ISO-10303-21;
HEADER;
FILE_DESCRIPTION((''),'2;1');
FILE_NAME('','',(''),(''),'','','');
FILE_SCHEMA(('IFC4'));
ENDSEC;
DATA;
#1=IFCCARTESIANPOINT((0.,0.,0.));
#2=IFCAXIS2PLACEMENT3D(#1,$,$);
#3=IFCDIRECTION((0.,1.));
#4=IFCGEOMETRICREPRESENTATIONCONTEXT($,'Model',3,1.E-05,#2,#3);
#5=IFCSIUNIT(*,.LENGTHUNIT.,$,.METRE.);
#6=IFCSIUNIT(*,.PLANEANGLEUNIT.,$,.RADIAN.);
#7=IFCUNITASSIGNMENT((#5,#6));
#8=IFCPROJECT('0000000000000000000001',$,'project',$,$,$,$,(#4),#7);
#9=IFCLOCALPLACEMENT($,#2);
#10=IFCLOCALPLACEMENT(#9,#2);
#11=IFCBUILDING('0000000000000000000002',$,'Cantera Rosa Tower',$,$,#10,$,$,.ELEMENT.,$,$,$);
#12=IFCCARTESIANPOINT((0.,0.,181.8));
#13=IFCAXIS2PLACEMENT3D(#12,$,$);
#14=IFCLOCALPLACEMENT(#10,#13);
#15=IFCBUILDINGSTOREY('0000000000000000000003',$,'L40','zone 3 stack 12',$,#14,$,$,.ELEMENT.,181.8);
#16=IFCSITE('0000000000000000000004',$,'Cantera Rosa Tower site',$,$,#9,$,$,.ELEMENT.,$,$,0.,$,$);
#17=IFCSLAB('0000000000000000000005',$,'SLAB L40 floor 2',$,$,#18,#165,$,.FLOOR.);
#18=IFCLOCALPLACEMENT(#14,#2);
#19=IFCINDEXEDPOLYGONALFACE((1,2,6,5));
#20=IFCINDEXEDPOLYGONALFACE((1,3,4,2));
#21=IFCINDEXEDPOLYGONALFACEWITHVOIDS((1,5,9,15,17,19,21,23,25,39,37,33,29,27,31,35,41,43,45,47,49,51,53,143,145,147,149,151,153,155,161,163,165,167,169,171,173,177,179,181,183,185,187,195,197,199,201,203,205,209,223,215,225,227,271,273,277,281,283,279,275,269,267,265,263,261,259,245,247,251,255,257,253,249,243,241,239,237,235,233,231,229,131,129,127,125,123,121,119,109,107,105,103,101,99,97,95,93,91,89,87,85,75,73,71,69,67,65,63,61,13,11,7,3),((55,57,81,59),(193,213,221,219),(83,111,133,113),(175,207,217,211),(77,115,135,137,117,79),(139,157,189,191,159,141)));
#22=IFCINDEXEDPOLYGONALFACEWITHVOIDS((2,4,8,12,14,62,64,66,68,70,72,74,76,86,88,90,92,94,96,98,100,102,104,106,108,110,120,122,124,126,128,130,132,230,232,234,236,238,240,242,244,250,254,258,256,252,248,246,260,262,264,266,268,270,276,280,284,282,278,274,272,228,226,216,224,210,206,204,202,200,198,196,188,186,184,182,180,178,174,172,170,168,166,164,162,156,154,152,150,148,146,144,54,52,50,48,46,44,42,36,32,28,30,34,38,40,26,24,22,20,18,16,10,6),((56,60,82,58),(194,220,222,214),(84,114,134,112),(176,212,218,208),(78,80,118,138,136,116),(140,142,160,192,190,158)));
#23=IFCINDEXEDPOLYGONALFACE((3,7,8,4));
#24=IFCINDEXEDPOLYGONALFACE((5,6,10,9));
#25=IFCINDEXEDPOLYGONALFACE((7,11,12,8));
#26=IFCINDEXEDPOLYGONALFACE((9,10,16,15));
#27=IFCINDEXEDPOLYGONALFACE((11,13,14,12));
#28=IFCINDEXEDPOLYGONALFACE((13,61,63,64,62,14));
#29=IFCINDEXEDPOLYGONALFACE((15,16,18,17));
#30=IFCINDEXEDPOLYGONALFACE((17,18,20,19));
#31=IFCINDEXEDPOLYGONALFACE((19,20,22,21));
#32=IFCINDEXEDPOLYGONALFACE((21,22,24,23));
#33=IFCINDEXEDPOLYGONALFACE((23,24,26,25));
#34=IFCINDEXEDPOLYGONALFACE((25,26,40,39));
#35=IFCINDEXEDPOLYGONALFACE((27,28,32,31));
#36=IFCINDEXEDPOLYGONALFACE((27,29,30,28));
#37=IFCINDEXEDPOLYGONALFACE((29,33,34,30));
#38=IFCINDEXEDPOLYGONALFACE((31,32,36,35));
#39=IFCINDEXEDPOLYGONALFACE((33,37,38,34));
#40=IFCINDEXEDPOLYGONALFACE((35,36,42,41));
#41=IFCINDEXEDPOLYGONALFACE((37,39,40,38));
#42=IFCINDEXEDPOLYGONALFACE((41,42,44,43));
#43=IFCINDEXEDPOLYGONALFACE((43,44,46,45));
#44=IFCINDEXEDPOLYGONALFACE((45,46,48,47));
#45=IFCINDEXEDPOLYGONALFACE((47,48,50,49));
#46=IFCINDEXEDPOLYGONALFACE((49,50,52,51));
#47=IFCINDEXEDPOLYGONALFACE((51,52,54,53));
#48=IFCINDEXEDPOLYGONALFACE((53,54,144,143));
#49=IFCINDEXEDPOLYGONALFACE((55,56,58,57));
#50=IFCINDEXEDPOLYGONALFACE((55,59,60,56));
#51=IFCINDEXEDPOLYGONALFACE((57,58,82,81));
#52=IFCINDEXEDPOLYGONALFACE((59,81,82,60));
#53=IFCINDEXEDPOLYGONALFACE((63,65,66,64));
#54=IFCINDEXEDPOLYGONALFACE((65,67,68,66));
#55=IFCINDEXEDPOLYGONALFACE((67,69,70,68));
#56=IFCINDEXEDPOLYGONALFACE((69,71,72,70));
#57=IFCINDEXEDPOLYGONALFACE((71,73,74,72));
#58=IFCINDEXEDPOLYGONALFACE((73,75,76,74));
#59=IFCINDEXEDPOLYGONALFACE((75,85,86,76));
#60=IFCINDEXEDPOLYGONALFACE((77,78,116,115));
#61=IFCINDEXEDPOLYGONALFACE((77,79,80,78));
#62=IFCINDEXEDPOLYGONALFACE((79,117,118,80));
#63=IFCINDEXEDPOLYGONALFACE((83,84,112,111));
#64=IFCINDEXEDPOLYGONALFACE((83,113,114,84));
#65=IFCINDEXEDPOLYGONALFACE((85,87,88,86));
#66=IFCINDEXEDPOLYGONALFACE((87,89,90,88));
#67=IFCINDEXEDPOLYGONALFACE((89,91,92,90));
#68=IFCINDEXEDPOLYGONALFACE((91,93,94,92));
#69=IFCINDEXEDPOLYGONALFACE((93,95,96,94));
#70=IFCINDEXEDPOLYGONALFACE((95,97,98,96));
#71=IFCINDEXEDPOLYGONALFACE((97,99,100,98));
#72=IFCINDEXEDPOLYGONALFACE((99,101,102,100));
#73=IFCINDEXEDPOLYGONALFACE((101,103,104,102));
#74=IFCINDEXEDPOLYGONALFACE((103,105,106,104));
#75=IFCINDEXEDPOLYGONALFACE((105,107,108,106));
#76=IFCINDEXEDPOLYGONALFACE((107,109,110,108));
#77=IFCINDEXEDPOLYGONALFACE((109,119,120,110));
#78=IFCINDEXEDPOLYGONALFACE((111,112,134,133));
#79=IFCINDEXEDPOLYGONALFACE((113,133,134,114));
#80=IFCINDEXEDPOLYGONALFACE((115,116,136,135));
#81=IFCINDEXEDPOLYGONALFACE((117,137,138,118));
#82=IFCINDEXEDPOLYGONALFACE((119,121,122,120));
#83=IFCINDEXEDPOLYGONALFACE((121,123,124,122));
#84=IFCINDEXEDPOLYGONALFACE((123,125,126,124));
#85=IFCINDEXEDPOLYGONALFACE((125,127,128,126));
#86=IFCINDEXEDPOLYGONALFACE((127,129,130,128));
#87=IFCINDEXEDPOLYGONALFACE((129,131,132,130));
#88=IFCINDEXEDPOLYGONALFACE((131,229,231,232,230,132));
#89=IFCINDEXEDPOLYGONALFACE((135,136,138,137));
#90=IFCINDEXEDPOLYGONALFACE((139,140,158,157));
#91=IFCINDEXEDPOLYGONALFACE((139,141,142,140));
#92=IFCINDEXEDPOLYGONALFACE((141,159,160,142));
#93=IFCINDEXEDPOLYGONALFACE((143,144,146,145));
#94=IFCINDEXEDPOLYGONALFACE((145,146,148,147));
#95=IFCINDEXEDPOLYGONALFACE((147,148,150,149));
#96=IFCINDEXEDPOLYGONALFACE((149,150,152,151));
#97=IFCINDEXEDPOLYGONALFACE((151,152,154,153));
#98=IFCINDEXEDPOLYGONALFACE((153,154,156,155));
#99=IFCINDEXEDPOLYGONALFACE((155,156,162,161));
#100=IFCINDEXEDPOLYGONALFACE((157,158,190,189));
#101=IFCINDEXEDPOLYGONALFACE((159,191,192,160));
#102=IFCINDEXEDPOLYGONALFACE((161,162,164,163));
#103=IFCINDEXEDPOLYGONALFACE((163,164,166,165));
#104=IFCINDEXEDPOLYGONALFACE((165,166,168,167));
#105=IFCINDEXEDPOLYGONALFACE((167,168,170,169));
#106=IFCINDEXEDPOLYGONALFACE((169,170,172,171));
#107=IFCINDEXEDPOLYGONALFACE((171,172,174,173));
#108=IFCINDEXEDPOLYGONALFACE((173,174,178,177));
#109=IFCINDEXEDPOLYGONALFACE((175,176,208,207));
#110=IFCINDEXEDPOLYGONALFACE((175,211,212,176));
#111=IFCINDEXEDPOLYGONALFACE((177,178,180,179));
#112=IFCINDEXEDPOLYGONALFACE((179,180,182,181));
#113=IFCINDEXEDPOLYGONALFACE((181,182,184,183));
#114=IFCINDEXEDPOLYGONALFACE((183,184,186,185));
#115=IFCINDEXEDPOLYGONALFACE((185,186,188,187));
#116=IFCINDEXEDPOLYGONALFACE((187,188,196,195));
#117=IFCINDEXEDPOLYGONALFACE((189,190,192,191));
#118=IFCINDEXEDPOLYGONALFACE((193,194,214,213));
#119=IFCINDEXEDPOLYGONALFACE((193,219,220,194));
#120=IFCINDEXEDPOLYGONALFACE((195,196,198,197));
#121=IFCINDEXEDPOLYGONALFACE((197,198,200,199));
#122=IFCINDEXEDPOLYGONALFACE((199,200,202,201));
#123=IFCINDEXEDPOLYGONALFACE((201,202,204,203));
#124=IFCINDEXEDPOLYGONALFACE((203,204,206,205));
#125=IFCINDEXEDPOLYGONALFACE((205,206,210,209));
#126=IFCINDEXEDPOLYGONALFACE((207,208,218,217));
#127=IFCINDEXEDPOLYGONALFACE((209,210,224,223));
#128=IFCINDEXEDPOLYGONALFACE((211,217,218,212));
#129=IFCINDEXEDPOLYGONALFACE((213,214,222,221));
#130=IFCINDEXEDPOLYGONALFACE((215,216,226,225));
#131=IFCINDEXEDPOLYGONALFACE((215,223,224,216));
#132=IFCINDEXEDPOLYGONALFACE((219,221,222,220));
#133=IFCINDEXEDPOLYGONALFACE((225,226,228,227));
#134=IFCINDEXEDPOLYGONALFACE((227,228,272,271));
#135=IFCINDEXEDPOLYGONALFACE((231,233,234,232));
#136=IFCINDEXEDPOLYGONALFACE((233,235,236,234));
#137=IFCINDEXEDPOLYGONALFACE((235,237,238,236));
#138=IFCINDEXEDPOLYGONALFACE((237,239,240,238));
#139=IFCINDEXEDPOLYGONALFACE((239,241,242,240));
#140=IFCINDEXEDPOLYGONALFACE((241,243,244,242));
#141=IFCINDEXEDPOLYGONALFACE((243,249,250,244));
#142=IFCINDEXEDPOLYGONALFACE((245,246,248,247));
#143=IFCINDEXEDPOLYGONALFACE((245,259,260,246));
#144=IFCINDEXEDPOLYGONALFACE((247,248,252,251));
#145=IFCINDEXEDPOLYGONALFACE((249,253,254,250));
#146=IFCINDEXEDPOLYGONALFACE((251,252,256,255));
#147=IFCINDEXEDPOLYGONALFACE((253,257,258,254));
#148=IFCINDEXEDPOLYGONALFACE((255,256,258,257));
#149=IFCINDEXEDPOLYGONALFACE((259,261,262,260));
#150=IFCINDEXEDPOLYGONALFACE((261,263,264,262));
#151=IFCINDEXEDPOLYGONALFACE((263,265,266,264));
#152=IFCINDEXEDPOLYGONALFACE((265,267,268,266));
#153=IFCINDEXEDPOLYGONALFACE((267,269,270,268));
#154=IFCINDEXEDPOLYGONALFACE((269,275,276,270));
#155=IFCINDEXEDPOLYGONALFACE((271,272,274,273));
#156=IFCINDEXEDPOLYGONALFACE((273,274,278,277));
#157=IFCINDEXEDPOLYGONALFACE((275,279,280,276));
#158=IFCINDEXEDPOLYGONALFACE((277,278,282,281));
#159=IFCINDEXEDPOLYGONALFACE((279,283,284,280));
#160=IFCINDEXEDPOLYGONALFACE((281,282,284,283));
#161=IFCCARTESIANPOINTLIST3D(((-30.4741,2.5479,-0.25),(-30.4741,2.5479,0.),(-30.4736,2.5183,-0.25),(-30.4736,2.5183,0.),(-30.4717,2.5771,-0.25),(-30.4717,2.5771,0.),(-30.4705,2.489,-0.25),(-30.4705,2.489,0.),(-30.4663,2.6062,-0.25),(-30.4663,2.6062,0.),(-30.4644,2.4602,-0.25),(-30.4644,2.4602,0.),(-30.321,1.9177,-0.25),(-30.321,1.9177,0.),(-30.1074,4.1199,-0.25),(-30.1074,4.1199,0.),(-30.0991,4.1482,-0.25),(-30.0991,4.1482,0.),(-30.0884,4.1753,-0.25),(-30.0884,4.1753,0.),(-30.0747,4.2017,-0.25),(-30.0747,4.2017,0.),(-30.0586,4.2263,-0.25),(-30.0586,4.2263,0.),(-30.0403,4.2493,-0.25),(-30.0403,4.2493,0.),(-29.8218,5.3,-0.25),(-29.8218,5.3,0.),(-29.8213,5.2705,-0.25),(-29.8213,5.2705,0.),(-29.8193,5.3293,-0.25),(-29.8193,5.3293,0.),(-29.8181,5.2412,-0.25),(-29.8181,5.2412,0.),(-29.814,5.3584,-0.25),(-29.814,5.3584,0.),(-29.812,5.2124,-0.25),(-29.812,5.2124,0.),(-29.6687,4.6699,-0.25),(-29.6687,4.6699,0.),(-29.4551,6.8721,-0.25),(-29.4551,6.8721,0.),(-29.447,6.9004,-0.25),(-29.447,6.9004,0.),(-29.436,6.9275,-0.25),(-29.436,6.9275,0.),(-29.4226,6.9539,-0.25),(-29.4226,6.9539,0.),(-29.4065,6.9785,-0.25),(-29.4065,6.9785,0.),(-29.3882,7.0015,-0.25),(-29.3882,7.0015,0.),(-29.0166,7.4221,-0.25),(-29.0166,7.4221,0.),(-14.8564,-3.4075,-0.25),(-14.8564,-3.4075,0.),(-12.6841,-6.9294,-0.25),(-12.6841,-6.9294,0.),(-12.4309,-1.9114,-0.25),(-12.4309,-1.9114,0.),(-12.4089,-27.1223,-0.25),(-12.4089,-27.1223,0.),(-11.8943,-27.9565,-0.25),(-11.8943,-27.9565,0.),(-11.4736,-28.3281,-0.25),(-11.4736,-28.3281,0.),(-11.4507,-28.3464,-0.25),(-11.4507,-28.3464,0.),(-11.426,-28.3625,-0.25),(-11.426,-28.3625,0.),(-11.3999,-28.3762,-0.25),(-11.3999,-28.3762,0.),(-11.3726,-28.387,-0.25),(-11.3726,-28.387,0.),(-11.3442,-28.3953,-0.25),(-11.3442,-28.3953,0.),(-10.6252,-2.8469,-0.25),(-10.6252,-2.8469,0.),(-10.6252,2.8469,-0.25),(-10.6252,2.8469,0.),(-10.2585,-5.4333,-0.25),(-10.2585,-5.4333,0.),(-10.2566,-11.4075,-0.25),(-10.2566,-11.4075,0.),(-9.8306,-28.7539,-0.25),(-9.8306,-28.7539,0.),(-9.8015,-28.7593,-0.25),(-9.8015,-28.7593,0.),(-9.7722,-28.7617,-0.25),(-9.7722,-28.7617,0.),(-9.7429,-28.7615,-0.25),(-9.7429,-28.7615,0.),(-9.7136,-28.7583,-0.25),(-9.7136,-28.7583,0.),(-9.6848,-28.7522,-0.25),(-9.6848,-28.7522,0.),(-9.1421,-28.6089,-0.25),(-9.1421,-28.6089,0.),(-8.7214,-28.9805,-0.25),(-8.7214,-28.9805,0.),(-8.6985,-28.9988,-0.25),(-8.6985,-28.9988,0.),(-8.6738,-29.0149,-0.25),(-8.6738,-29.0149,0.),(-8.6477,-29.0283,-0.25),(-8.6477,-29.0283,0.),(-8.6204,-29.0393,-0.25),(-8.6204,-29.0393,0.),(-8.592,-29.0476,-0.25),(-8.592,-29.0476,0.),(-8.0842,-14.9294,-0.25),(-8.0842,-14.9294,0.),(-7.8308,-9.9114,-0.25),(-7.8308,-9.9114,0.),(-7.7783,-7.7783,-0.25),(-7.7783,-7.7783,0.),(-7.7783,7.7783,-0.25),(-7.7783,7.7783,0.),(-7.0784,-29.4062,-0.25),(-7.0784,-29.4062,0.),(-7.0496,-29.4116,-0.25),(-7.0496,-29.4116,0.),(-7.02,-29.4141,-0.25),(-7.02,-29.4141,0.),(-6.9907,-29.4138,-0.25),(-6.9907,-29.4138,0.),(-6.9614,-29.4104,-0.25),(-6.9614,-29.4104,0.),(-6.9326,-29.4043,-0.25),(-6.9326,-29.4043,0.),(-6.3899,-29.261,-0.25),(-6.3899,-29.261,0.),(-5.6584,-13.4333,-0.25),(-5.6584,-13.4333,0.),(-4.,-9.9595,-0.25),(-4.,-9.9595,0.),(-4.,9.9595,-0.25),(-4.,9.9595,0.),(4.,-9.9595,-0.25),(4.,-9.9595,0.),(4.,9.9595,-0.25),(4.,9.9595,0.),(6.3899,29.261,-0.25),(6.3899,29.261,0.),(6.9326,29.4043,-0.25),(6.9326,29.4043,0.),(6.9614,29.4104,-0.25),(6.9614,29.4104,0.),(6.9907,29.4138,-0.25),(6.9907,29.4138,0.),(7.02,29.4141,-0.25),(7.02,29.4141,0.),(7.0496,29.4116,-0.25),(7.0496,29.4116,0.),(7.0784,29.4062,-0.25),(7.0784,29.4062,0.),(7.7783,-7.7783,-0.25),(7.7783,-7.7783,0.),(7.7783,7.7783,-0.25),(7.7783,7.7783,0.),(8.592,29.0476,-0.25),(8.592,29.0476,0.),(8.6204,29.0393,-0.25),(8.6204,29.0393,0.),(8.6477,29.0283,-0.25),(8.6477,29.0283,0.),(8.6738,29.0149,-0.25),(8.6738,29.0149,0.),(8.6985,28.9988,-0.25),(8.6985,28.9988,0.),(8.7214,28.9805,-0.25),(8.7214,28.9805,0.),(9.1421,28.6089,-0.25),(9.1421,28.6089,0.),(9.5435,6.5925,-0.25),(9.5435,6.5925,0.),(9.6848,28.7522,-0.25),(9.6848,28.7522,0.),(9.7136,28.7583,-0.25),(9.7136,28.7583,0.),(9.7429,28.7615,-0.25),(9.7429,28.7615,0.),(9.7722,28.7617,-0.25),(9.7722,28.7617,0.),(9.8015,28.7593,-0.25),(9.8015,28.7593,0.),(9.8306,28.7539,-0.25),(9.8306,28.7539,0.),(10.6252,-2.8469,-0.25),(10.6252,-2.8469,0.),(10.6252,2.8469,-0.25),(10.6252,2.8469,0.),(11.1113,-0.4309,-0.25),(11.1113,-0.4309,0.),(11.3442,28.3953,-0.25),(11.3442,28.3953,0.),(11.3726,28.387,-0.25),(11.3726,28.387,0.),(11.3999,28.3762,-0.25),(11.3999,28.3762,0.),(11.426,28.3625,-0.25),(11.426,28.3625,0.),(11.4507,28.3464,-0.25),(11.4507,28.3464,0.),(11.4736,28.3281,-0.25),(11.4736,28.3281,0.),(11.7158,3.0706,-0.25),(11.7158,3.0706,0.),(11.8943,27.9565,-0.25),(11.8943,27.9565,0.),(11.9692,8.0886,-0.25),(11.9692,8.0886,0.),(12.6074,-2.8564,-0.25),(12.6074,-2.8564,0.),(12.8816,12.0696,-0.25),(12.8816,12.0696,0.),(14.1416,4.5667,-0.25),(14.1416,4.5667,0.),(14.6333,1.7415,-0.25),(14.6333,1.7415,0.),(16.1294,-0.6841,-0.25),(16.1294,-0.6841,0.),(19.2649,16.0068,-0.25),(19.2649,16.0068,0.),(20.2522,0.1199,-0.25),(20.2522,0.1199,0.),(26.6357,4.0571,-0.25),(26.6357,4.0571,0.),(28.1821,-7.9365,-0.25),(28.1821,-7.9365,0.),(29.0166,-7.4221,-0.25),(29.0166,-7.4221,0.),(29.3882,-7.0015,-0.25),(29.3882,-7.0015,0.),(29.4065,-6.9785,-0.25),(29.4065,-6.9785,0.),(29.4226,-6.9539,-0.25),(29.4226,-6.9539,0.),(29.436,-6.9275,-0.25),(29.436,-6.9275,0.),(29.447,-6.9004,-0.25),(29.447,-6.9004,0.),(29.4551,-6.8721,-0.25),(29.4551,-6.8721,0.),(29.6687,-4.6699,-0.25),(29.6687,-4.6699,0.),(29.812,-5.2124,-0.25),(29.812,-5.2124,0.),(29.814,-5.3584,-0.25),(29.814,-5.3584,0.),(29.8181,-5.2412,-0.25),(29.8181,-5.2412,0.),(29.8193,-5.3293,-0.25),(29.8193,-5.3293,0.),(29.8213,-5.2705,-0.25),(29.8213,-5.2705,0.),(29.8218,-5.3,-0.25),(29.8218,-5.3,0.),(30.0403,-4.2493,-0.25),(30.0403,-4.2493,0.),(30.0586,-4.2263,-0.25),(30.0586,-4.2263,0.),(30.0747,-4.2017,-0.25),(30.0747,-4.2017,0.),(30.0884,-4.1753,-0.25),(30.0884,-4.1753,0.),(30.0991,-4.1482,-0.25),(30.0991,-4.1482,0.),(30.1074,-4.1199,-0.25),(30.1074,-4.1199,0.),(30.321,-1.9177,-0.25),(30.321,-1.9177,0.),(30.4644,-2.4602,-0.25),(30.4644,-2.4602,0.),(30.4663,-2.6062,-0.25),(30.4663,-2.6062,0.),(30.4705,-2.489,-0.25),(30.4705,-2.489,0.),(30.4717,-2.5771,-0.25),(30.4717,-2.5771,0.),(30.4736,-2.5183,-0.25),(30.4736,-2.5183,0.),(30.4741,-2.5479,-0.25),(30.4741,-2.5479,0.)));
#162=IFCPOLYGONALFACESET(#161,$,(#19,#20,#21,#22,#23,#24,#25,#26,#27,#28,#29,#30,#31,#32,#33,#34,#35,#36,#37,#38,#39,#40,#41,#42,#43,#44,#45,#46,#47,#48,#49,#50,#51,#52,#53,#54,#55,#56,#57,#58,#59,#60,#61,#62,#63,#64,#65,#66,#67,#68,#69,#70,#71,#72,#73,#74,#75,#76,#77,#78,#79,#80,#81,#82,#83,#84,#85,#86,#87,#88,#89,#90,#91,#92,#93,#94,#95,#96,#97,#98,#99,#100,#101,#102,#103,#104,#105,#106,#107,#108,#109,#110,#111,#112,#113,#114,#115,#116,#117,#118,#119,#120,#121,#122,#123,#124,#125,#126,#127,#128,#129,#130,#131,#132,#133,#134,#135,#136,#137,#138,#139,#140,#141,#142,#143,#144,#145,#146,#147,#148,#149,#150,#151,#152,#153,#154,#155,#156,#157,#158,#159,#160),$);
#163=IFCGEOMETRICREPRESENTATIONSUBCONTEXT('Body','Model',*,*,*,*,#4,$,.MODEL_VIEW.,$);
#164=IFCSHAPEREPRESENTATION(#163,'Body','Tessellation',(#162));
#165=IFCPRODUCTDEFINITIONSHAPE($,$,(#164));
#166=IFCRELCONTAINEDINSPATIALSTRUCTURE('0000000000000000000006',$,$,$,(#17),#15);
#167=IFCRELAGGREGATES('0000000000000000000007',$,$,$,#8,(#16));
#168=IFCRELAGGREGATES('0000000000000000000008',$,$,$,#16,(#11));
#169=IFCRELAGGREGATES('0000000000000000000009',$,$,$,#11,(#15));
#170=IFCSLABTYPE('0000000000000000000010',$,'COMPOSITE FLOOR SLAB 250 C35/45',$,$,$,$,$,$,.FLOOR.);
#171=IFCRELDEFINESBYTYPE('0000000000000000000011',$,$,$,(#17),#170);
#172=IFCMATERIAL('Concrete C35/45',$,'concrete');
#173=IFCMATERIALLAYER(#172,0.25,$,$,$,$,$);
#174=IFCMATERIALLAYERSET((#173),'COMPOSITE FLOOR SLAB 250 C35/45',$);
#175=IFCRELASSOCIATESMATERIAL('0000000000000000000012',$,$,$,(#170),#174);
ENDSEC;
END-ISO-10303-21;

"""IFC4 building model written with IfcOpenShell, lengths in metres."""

from ifc_helpers import new_model, si_unit, direction, frame, origin, place, context, subcontext, project, spatial, polyline, outline, extrude, material, layer, layer_set, type_object, element, save


model = new_model("IFC4")

# Units and contexts
model_context = context("Model", 3, precision=1e-05, world=origin(), true_north=direction((0.0, 1.0)))
body_context = subcontext(model_context, "Body", "Model", "MODEL_VIEW")
ifc_project = project(units=[si_unit("LENGTHUNIT", "METRE"), si_unit("PLANEANGLEUNIT", "RADIAN")], contexts=[model_context])

# Site, building, storey
site_placement = place(None, origin())
site = spatial("IfcSite", under=ifc_project, at=site_placement, Name="Cantera Rosa Tower site", CompositionType="ELEMENT", RefElevation=0.0)
building_placement = place(site_placement, origin())
building = spatial("IfcBuilding", under=site, at=building_placement, Name="Cantera Rosa Tower", CompositionType="ELEMENT")
storey_placement = place(building_placement, frame((0.0, 0.0, 181.8)))
storey = spatial("IfcBuildingStorey", under=building, at=storey_placement, Name="L40", Description="zone 3 stack 12", CompositionType="ELEMENT", Elevation=181.8)

# Slab
ifc_material_1 = material(Name="Concrete C35/45", Category="concrete")
ifc_layer_1 = layer(ifc_material_1, 0.25)
ifc_layer_set_1 = layer_set([ifc_layer_1], Name="COMPOSITE FLOOR SLAB 250 C35/45")
slab_type_1 = type_object("IfcSlabType", Name="COMPOSITE FLOOR SLAB 250 C35/45", PredefinedType="FLOOR", material=ifc_layer_set_1)
slab_1_placement = place(storey_placement, frame((0.0, 0.0, -0.25)))
element("IfcSlab", 1, at=slab_1_placement, inside=storey, type_object=slab_type_1, Name="SLAB L40 floor 2", PredefinedType="FLOOR", context=body_context, shape_type="SweptSolid", body=[
    extrude(outline(polyline([(-8.6738, -29.0149), (-8.6985, -28.9988), (-8.7214, -28.9805), (-9.1421, -28.6089), (-9.6848, -28.7522), (-9.7136, -28.7583), (-9.7429, -28.7615), (-9.7722, -28.7617), (-9.8015, -28.7593), (-9.8306, -28.7539), (-11.3442, -28.3953), (-11.3726, -28.387), (-11.3999, -28.3762), (-11.426, -28.3625), (-11.4507, -28.3464), (-11.4736, -28.3281), (-11.8943, -27.9565), (-12.4089, -27.1223), (-30.321, 1.9177), (-30.4644, 2.4602), (-30.4705, 2.489), (-30.4736, 2.5183), (-30.4741, 2.5479), (-30.4717, 2.5771), (-30.4663, 2.6062), (-30.1074, 4.1199), (-30.0991, 4.1482), (-30.0884, 4.1753), (-30.0747, 4.2017), (-30.0586, 4.2263), (-30.0403, 4.2493), (-29.6687, 4.6699), (-29.812, 5.2124), (-29.8181, 5.2412), (-29.8213, 5.2705), (-29.8218, 5.3), (-29.8193, 5.3293), (-29.814, 5.3584), (-29.4551, 6.8721), (-29.447, 6.9004), (-29.436, 6.9275), (-29.4226, 6.9539), (-29.4065, 6.9785), (-29.3882, 7.0015), (-29.0166, 7.4221), (6.3899, 29.261), (6.9326, 29.4043), (6.9614, 29.4104), (6.9907, 29.4138), (7.02, 29.4141), (7.0496, 29.4116), (7.0784, 29.4062), (8.592, 29.0476), (8.6204, 29.0393), (8.6477, 29.0283), (8.6738, 29.0149), (8.6985, 28.9988), (8.7214, 28.9805), (9.1421, 28.6089), (9.6848, 28.7522), (9.7136, 28.7583), (9.7429, 28.7615), (9.7722, 28.7617), (9.8015, 28.7593), (9.8306, 28.7539), (11.3442, 28.3953), (11.3726, 28.387), (11.3999, 28.3762), (11.426, 28.3625), (11.4507, 28.3464), (11.4736, 28.3281), (11.8943, 27.9565), (19.2649, 16.0068), (12.8816, 12.0696), (20.2522, 0.1199), (26.6357, 4.0571), (30.321, -1.9177), (30.4644, -2.4602), (30.4705, -2.489), (30.4736, -2.5183), (30.4741, -2.5479), (30.4717, -2.5771), (30.4663, -2.6062), (30.1074, -4.1199), (30.0991, -4.1482), (30.0884, -4.1753), (30.0747, -4.2017), (30.0586, -4.2263), (30.0403, -4.2493), (29.6687, -4.6699), (29.812, -5.2124), (29.8181, -5.2412), (29.8213, -5.2705), (29.8218, -5.3), (29.8193, -5.3293), (29.814, -5.3584), (29.4551, -6.8721), (29.447, -6.9004), (29.436, -6.9275), (29.4226, -6.9539), (29.4065, -6.9785), (29.3882, -7.0015), (29.0166, -7.4221), (28.1821, -7.9365), (-6.3899, -29.261), (-6.9326, -29.4043), (-6.9614, -29.4104), (-6.9907, -29.4138), (-7.02, -29.4141), (-7.0496, -29.4116), (-7.0784, -29.4062), (-8.592, -29.0476), (-8.6204, -29.0393), (-8.6477, -29.0283), (-8.6738, -29.0149)]), holes=[polyline([(-7.8308, -9.9114), (-10.2566, -11.4075), (-8.0842, -14.9294), (-5.6584, -13.4333), (-7.8308, -9.9114)]), polyline([(-12.4309, -1.9114), (-14.8564, -3.4075), (-12.6841, -6.9294), (-10.2585, -5.4333), (-12.4309, -1.9114)]), polyline([(-10.6252, 2.8469), (-10.6252, -2.8469), (-7.7783, -7.7783), (-4.0, -9.9595), (-4.0, 9.9595), (-7.7783, 7.7783), (-10.6252, 2.8469)]), polyline([(11.1113, -0.4309), (12.6074, -2.8564), (16.1294, -0.6841), (14.6333, 1.7415), (11.1113, -0.4309)]), polyline([(10.6252, -2.8469), (10.6252, 2.8469), (7.7783, 7.7783), (4.0, 9.9595), (4.0, -9.9595), (7.7783, -7.7783), (10.6252, -2.8469)]), polyline([(11.9692, 8.0886), (9.5435, 6.5925), (11.7158, 3.0706), (14.1416, 4.5667), (11.9692, 8.0886)])]), origin(), (0.0, 0.0, 1.0), 0.25),
])

save(model, "model.ifc")
